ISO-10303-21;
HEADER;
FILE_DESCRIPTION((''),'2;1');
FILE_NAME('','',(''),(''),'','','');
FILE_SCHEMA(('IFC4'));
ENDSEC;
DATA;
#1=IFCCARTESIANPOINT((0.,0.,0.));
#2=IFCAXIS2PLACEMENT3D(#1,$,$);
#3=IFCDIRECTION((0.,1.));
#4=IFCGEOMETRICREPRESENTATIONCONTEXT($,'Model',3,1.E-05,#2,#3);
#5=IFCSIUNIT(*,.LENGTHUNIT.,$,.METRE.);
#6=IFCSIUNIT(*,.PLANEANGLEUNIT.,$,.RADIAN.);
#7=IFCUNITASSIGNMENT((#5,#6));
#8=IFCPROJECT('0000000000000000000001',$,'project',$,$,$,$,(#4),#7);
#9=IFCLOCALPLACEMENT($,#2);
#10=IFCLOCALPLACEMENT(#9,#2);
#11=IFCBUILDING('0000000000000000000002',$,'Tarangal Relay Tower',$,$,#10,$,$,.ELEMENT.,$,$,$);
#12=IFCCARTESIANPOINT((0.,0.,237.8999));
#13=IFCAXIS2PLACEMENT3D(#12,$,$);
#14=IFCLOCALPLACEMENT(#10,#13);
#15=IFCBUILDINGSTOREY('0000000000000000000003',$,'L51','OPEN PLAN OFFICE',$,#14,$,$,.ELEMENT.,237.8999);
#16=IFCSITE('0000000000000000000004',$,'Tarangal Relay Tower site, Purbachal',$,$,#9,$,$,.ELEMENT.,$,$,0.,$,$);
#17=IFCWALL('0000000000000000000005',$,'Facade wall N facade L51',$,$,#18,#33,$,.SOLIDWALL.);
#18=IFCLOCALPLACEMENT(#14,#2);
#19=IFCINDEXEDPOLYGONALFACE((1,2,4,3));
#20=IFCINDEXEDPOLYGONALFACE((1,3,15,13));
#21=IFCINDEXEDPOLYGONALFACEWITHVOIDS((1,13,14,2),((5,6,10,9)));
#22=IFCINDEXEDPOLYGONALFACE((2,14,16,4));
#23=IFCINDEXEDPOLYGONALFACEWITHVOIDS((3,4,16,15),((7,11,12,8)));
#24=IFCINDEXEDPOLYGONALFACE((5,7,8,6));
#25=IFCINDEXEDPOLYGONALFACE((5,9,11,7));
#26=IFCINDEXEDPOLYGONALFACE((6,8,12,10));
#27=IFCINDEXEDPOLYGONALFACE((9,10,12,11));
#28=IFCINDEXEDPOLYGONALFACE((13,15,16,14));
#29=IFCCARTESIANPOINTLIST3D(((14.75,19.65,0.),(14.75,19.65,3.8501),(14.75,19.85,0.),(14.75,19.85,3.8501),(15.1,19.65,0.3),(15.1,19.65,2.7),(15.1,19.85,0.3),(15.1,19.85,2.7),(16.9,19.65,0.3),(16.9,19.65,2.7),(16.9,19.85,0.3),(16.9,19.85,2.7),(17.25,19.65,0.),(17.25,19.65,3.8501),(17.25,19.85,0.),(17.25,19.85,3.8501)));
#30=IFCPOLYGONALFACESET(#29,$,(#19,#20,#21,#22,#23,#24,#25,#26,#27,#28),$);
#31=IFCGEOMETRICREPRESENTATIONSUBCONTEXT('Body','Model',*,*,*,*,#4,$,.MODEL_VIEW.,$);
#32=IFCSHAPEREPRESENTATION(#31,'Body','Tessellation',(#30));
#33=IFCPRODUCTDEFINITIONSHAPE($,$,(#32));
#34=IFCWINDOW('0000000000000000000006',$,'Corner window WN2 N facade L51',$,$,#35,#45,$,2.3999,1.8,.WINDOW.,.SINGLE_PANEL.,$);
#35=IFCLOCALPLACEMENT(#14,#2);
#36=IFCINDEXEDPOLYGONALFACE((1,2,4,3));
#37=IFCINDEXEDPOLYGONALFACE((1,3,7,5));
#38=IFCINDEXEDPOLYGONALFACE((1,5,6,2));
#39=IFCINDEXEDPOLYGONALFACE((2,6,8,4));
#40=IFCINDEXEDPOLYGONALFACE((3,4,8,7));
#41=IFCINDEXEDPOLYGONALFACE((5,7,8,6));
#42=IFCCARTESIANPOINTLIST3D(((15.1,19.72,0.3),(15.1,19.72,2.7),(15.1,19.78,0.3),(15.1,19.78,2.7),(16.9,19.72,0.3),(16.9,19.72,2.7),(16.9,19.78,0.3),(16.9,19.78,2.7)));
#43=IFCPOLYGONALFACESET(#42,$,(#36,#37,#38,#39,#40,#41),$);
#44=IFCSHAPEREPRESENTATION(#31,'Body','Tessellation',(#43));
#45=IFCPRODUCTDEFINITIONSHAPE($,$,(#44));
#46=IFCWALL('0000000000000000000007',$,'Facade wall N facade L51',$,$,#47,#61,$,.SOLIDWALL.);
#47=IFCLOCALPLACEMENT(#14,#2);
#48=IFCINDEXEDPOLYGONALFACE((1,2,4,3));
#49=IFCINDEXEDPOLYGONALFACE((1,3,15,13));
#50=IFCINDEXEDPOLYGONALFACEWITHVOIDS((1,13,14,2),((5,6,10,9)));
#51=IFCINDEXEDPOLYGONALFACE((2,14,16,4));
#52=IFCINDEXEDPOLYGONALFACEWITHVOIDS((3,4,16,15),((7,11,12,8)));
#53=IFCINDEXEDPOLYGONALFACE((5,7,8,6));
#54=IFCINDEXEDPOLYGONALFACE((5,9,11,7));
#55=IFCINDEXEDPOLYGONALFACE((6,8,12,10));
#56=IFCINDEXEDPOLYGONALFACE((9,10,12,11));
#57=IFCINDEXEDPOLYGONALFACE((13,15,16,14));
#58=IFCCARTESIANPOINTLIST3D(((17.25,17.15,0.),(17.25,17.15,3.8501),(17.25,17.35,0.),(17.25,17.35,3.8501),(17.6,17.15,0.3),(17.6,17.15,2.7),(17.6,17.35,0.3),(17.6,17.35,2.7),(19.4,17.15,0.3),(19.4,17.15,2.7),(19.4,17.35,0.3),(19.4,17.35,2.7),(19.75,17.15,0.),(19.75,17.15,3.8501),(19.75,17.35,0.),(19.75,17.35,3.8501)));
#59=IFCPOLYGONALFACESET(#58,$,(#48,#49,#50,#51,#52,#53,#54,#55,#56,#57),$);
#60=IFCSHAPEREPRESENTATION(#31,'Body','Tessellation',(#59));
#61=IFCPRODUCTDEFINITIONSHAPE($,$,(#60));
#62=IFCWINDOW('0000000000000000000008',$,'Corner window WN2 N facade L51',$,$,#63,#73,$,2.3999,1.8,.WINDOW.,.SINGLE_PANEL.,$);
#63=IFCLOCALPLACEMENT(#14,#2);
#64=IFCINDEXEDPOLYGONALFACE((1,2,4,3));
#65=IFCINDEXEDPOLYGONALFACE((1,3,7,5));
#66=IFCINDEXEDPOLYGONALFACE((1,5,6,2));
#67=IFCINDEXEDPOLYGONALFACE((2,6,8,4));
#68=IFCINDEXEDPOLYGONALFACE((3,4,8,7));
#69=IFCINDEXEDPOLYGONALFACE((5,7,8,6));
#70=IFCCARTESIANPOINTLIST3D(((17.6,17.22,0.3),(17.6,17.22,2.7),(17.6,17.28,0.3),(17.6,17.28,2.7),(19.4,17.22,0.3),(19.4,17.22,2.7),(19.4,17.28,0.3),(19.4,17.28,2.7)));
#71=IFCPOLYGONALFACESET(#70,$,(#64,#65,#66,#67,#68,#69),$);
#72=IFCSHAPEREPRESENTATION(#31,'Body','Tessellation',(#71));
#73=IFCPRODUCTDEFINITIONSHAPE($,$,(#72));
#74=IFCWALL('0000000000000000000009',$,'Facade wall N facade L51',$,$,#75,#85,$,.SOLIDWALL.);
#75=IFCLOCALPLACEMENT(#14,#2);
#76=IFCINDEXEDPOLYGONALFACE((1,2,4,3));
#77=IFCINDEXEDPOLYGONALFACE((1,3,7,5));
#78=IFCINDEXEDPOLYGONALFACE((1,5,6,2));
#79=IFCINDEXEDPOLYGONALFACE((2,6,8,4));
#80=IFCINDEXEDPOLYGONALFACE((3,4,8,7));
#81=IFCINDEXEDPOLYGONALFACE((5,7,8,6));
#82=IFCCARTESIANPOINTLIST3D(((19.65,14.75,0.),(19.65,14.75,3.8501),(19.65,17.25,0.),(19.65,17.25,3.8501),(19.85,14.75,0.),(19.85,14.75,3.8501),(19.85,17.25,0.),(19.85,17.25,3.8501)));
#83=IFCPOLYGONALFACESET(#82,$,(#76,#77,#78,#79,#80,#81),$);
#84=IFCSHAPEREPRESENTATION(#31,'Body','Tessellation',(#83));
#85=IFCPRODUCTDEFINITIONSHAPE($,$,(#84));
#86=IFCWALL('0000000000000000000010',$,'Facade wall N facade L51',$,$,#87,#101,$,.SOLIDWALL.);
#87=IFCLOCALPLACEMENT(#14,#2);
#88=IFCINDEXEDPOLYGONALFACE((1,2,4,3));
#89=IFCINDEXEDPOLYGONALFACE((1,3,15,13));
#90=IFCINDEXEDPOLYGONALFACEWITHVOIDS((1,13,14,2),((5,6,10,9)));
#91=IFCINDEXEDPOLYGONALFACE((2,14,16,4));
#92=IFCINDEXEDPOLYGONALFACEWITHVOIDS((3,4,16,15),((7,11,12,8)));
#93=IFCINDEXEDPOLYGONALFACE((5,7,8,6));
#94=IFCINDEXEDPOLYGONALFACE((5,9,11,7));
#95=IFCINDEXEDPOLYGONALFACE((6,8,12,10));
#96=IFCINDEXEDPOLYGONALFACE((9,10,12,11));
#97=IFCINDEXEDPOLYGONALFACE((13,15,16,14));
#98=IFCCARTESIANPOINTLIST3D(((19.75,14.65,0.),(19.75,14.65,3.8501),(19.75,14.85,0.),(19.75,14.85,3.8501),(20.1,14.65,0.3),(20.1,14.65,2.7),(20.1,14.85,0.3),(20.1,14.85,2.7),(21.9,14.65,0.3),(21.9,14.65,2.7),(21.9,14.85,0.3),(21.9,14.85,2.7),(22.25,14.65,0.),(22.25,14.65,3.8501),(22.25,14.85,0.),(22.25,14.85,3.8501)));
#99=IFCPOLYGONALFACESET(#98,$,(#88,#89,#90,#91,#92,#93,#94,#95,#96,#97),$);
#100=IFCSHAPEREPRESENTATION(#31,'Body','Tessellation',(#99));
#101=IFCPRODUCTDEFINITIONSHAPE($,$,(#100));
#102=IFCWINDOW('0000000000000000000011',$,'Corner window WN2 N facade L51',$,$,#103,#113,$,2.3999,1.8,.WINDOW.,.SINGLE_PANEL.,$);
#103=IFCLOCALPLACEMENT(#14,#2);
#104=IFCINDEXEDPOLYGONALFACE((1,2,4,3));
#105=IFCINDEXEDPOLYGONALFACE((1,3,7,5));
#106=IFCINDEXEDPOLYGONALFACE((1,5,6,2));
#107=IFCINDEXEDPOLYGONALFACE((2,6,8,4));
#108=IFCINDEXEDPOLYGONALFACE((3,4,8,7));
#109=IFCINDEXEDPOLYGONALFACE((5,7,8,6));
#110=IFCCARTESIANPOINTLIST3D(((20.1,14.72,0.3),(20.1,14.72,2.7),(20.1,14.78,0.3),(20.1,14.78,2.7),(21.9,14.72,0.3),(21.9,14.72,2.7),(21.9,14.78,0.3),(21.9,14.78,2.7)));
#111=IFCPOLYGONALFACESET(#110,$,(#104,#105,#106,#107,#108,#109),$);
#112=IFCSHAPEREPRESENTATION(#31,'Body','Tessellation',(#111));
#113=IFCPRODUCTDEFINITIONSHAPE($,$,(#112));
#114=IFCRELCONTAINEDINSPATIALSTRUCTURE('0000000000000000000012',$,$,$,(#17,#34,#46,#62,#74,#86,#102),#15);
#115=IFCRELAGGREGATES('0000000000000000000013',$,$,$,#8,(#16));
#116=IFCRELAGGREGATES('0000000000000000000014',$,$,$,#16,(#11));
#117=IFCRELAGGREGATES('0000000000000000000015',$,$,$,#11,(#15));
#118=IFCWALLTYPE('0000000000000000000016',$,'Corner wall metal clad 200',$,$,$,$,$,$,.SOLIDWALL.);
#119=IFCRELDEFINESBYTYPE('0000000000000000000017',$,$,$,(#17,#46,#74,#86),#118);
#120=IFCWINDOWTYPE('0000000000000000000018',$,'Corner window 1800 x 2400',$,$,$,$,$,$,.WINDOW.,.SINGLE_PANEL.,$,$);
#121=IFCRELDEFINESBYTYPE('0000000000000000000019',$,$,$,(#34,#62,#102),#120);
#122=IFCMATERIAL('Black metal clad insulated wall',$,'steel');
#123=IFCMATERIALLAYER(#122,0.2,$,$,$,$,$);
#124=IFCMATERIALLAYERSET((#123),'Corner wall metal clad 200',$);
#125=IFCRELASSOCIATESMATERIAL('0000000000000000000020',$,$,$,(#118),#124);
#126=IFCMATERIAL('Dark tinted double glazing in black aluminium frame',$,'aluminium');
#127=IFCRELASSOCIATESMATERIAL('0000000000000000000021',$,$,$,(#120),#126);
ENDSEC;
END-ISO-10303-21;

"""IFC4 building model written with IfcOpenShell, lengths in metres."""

from ifc_helpers import new_model, si_unit, direction, frame, frame_2d, origin, place, context, subcontext, project, spatial, rectangle, extrude, material, layer, layer_set, type_object, element, fill, save


model = new_model("IFC4")

# Units and contexts
model_context = context("Model", 3, precision=1e-05, world=origin(), true_north=direction((0.0, 1.0)))
body_context = subcontext(model_context, "Body", "Model", "MODEL_VIEW")
ifc_project = project(units=[si_unit("LENGTHUNIT", "METRE"), si_unit("PLANEANGLEUNIT", "RADIAN")], contexts=[model_context])

# Site, building, storey
site_placement = place(None, origin())
site = spatial("IfcSite", under=ifc_project, at=site_placement, Name="Tarangal Relay Tower site, Purbachal", CompositionType="ELEMENT", RefElevation=0.0)
building_placement = place(site_placement, origin())
building = spatial("IfcBuilding", under=site, at=building_placement, Name="Tarangal Relay Tower", CompositionType="ELEMENT")
storey_placement = place(building_placement, frame((0.0, 0.0, 237.8999)))
storey = spatial("IfcBuildingStorey", under=building, at=storey_placement, Name="L51", Description="OPEN PLAN OFFICE", CompositionType="ELEMENT", Elevation=237.8999)

# Shared definitions
ifc_material_1 = material(Name="Black metal clad insulated wall", Category="steel")
ifc_layer_1 = layer(ifc_material_1, 0.2)
ifc_layer_set_1 = layer_set([ifc_layer_1], Name="Corner wall metal clad 200")
wall_type_1 = type_object("IfcWallType", Name="Corner wall metal clad 200", PredefinedType="SOLIDWALL", material=ifc_layer_set_1)

# Wall, opening, window
wall_1_placement = place(storey_placement, frame((14.75, 19.75, 0.0), z_axis=(0.0, 0.0, 1.0), x_axis=(1.0, 0.0, 0.0)))
wall_1 = element("IfcWall", 1, at=wall_1_placement, inside=storey, type_object=wall_type_1, Name="Facade wall N facade L51", PredefinedType="SOLIDWALL", context=body_context, shape_type="SweptSolid", body=[
    extrude(rectangle(XDim=2.5, YDim=0.2, at=frame_2d((1.25, 0.0))), origin(), (0.0, 0.0, 1.0), 3.8501),
])
opening_1_placement = place(wall_1_placement, frame((0.3501, 0.0, 0.3)))
opening_1 = element("IfcOpeningElement", 2, at=opening_1_placement, cuts=wall_1, PredefinedType="OPENING", context=body_context, shape_type="SweptSolid", body=[
    extrude(rectangle(XDim=1.8, YDim=2.3999, at=frame_2d((0.8999, 1.2))), frame((0.0, 0.1099, 0.0), z_axis=(0.0, -1.0, 0.0), x_axis=(1.0, 0.0, 0.0)), (0.0, 0.0, 1.0), 0.22),
])
ifc_material_2 = material(Name="Dark tinted double glazing in black aluminium frame", Category="aluminium")
window_type = type_object("IfcWindowType", Name="Corner window 1800 x 2400", PartitioningType="SINGLE_PANEL", PredefinedType="WINDOW", material=ifc_material_2)
window_1_placement = place(opening_1_placement, origin())
window_1 = element("IfcWindow", 3, at=window_1_placement, inside=storey, type_object=window_type, Name="Corner window WN2 N facade L51", OverallHeight=2.3999, OverallWidth=1.8, PartitioningType="SINGLE_PANEL", PredefinedType="WINDOW", context=body_context, shape_type="SweptSolid", body=[
    extrude(rectangle(XDim=1.8, YDim=2.3999, at=frame_2d((0.8999, 1.2))), frame((0.0, 0.03, 0.0), z_axis=(0.0, -1.0, 0.0), x_axis=(1.0, 0.0, 0.0)), (0.0, 0.0, 1.0), 0.0601),
])
fill(opening_1, window_1)

# Wall, opening, window
wall_2_placement = place(storey_placement, frame((17.25, 17.25, 0.0), z_axis=(0.0, 0.0, 1.0), x_axis=(1.0, 0.0, 0.0)))
wall_2 = element("IfcWall", 4, at=wall_2_placement, inside=storey, type_object=wall_type_1, Name="Facade wall N facade L51", PredefinedType="SOLIDWALL", context=body_context, shape_type="SweptSolid", body=[
    extrude(rectangle(XDim=2.5, YDim=0.2, at=frame_2d((1.25, 0.0))), origin(), (0.0, 0.0, 1.0), 3.8501),
])
opening_2_placement = place(wall_2_placement, frame((0.3501, 0.0, 0.3)))
opening_2 = element("IfcOpeningElement", 5, at=opening_2_placement, cuts=wall_2, PredefinedType="OPENING", context=body_context, shape_type="SweptSolid", body=[
    extrude(rectangle(XDim=1.8, YDim=2.3999, at=frame_2d((0.8999, 1.2))), frame((0.0, 0.1099, 0.0), z_axis=(0.0, -1.0, 0.0), x_axis=(1.0, 0.0, 0.0)), (0.0, 0.0, 1.0), 0.22),
])
window_2_placement = place(opening_2_placement, origin())
window_2 = element("IfcWindow", 6, at=window_2_placement, inside=storey, type_object=window_type, Name="Corner window WN2 N facade L51", OverallHeight=2.3999, OverallWidth=1.8, PartitioningType="SINGLE_PANEL", PredefinedType="WINDOW", context=body_context, shape_type="SweptSolid", body=[
    extrude(rectangle(XDim=1.8, YDim=2.3999, at=frame_2d((0.8999, 1.2))), frame((0.0, 0.03, 0.0), z_axis=(0.0, -1.0, 0.0), x_axis=(1.0, 0.0, 0.0)), (0.0, 0.0, 1.0), 0.0601),
])
fill(opening_2, window_2)

# Wall
wall_3_placement = place(storey_placement, frame((19.75, 17.25, 0.0), z_axis=(0.0, 0.0, 1.0), x_axis=(0.0, -1.0, 0.0)))
element("IfcWall", 7, at=wall_3_placement, inside=storey, type_object=wall_type_1, Name="Facade wall N facade L51", PredefinedType="SOLIDWALL", context=body_context, shape_type="SweptSolid", body=[
    extrude(rectangle(XDim=2.5, YDim=0.2, at=frame_2d((1.25, 0.0))), origin(), (0.0, 0.0, 1.0), 3.8501),
])

# Wall, opening, window
wall_4_placement = place(storey_placement, frame((19.75, 14.75, 0.0), z_axis=(0.0, 0.0, 1.0), x_axis=(1.0, 0.0, 0.0)))
wall_4 = element("IfcWall", 8, at=wall_4_placement, inside=storey, type_object=wall_type_1, Name="Facade wall N facade L51", PredefinedType="SOLIDWALL", context=body_context, shape_type="SweptSolid", body=[
    extrude(rectangle(XDim=2.5, YDim=0.2, at=frame_2d((1.25, 0.0))), origin(), (0.0, 0.0, 1.0), 3.8501),
])
opening_3_placement = place(wall_4_placement, frame((0.3501, 0.0, 0.3)))
opening_3 = element("IfcOpeningElement", 9, at=opening_3_placement, cuts=wall_4, PredefinedType="OPENING", context=body_context, shape_type="SweptSolid", body=[
    extrude(rectangle(XDim=1.8, YDim=2.3999, at=frame_2d((0.8999, 1.2))), frame((0.0, 0.1099, 0.0), z_axis=(0.0, -1.0, 0.0), x_axis=(1.0, 0.0, 0.0)), (0.0, 0.0, 1.0), 0.22),
])
window_3_placement = place(opening_3_placement, origin())
window_3 = element("IfcWindow", 10, at=window_3_placement, inside=storey, type_object=window_type, Name="Corner window WN2 N facade L51", OverallHeight=2.3999, OverallWidth=1.8, PartitioningType="SINGLE_PANEL", PredefinedType="WINDOW", context=body_context, shape_type="SweptSolid", body=[
    extrude(rectangle(XDim=1.8, YDim=2.3999, at=frame_2d((0.8999, 1.2))), frame((0.0, 0.03, 0.0), z_axis=(0.0, -1.0, 0.0), x_axis=(1.0, 0.0, 0.0)), (0.0, 0.0, 1.0), 0.0601),
])
fill(opening_3, window_3)

save(model, "model.ifc")
